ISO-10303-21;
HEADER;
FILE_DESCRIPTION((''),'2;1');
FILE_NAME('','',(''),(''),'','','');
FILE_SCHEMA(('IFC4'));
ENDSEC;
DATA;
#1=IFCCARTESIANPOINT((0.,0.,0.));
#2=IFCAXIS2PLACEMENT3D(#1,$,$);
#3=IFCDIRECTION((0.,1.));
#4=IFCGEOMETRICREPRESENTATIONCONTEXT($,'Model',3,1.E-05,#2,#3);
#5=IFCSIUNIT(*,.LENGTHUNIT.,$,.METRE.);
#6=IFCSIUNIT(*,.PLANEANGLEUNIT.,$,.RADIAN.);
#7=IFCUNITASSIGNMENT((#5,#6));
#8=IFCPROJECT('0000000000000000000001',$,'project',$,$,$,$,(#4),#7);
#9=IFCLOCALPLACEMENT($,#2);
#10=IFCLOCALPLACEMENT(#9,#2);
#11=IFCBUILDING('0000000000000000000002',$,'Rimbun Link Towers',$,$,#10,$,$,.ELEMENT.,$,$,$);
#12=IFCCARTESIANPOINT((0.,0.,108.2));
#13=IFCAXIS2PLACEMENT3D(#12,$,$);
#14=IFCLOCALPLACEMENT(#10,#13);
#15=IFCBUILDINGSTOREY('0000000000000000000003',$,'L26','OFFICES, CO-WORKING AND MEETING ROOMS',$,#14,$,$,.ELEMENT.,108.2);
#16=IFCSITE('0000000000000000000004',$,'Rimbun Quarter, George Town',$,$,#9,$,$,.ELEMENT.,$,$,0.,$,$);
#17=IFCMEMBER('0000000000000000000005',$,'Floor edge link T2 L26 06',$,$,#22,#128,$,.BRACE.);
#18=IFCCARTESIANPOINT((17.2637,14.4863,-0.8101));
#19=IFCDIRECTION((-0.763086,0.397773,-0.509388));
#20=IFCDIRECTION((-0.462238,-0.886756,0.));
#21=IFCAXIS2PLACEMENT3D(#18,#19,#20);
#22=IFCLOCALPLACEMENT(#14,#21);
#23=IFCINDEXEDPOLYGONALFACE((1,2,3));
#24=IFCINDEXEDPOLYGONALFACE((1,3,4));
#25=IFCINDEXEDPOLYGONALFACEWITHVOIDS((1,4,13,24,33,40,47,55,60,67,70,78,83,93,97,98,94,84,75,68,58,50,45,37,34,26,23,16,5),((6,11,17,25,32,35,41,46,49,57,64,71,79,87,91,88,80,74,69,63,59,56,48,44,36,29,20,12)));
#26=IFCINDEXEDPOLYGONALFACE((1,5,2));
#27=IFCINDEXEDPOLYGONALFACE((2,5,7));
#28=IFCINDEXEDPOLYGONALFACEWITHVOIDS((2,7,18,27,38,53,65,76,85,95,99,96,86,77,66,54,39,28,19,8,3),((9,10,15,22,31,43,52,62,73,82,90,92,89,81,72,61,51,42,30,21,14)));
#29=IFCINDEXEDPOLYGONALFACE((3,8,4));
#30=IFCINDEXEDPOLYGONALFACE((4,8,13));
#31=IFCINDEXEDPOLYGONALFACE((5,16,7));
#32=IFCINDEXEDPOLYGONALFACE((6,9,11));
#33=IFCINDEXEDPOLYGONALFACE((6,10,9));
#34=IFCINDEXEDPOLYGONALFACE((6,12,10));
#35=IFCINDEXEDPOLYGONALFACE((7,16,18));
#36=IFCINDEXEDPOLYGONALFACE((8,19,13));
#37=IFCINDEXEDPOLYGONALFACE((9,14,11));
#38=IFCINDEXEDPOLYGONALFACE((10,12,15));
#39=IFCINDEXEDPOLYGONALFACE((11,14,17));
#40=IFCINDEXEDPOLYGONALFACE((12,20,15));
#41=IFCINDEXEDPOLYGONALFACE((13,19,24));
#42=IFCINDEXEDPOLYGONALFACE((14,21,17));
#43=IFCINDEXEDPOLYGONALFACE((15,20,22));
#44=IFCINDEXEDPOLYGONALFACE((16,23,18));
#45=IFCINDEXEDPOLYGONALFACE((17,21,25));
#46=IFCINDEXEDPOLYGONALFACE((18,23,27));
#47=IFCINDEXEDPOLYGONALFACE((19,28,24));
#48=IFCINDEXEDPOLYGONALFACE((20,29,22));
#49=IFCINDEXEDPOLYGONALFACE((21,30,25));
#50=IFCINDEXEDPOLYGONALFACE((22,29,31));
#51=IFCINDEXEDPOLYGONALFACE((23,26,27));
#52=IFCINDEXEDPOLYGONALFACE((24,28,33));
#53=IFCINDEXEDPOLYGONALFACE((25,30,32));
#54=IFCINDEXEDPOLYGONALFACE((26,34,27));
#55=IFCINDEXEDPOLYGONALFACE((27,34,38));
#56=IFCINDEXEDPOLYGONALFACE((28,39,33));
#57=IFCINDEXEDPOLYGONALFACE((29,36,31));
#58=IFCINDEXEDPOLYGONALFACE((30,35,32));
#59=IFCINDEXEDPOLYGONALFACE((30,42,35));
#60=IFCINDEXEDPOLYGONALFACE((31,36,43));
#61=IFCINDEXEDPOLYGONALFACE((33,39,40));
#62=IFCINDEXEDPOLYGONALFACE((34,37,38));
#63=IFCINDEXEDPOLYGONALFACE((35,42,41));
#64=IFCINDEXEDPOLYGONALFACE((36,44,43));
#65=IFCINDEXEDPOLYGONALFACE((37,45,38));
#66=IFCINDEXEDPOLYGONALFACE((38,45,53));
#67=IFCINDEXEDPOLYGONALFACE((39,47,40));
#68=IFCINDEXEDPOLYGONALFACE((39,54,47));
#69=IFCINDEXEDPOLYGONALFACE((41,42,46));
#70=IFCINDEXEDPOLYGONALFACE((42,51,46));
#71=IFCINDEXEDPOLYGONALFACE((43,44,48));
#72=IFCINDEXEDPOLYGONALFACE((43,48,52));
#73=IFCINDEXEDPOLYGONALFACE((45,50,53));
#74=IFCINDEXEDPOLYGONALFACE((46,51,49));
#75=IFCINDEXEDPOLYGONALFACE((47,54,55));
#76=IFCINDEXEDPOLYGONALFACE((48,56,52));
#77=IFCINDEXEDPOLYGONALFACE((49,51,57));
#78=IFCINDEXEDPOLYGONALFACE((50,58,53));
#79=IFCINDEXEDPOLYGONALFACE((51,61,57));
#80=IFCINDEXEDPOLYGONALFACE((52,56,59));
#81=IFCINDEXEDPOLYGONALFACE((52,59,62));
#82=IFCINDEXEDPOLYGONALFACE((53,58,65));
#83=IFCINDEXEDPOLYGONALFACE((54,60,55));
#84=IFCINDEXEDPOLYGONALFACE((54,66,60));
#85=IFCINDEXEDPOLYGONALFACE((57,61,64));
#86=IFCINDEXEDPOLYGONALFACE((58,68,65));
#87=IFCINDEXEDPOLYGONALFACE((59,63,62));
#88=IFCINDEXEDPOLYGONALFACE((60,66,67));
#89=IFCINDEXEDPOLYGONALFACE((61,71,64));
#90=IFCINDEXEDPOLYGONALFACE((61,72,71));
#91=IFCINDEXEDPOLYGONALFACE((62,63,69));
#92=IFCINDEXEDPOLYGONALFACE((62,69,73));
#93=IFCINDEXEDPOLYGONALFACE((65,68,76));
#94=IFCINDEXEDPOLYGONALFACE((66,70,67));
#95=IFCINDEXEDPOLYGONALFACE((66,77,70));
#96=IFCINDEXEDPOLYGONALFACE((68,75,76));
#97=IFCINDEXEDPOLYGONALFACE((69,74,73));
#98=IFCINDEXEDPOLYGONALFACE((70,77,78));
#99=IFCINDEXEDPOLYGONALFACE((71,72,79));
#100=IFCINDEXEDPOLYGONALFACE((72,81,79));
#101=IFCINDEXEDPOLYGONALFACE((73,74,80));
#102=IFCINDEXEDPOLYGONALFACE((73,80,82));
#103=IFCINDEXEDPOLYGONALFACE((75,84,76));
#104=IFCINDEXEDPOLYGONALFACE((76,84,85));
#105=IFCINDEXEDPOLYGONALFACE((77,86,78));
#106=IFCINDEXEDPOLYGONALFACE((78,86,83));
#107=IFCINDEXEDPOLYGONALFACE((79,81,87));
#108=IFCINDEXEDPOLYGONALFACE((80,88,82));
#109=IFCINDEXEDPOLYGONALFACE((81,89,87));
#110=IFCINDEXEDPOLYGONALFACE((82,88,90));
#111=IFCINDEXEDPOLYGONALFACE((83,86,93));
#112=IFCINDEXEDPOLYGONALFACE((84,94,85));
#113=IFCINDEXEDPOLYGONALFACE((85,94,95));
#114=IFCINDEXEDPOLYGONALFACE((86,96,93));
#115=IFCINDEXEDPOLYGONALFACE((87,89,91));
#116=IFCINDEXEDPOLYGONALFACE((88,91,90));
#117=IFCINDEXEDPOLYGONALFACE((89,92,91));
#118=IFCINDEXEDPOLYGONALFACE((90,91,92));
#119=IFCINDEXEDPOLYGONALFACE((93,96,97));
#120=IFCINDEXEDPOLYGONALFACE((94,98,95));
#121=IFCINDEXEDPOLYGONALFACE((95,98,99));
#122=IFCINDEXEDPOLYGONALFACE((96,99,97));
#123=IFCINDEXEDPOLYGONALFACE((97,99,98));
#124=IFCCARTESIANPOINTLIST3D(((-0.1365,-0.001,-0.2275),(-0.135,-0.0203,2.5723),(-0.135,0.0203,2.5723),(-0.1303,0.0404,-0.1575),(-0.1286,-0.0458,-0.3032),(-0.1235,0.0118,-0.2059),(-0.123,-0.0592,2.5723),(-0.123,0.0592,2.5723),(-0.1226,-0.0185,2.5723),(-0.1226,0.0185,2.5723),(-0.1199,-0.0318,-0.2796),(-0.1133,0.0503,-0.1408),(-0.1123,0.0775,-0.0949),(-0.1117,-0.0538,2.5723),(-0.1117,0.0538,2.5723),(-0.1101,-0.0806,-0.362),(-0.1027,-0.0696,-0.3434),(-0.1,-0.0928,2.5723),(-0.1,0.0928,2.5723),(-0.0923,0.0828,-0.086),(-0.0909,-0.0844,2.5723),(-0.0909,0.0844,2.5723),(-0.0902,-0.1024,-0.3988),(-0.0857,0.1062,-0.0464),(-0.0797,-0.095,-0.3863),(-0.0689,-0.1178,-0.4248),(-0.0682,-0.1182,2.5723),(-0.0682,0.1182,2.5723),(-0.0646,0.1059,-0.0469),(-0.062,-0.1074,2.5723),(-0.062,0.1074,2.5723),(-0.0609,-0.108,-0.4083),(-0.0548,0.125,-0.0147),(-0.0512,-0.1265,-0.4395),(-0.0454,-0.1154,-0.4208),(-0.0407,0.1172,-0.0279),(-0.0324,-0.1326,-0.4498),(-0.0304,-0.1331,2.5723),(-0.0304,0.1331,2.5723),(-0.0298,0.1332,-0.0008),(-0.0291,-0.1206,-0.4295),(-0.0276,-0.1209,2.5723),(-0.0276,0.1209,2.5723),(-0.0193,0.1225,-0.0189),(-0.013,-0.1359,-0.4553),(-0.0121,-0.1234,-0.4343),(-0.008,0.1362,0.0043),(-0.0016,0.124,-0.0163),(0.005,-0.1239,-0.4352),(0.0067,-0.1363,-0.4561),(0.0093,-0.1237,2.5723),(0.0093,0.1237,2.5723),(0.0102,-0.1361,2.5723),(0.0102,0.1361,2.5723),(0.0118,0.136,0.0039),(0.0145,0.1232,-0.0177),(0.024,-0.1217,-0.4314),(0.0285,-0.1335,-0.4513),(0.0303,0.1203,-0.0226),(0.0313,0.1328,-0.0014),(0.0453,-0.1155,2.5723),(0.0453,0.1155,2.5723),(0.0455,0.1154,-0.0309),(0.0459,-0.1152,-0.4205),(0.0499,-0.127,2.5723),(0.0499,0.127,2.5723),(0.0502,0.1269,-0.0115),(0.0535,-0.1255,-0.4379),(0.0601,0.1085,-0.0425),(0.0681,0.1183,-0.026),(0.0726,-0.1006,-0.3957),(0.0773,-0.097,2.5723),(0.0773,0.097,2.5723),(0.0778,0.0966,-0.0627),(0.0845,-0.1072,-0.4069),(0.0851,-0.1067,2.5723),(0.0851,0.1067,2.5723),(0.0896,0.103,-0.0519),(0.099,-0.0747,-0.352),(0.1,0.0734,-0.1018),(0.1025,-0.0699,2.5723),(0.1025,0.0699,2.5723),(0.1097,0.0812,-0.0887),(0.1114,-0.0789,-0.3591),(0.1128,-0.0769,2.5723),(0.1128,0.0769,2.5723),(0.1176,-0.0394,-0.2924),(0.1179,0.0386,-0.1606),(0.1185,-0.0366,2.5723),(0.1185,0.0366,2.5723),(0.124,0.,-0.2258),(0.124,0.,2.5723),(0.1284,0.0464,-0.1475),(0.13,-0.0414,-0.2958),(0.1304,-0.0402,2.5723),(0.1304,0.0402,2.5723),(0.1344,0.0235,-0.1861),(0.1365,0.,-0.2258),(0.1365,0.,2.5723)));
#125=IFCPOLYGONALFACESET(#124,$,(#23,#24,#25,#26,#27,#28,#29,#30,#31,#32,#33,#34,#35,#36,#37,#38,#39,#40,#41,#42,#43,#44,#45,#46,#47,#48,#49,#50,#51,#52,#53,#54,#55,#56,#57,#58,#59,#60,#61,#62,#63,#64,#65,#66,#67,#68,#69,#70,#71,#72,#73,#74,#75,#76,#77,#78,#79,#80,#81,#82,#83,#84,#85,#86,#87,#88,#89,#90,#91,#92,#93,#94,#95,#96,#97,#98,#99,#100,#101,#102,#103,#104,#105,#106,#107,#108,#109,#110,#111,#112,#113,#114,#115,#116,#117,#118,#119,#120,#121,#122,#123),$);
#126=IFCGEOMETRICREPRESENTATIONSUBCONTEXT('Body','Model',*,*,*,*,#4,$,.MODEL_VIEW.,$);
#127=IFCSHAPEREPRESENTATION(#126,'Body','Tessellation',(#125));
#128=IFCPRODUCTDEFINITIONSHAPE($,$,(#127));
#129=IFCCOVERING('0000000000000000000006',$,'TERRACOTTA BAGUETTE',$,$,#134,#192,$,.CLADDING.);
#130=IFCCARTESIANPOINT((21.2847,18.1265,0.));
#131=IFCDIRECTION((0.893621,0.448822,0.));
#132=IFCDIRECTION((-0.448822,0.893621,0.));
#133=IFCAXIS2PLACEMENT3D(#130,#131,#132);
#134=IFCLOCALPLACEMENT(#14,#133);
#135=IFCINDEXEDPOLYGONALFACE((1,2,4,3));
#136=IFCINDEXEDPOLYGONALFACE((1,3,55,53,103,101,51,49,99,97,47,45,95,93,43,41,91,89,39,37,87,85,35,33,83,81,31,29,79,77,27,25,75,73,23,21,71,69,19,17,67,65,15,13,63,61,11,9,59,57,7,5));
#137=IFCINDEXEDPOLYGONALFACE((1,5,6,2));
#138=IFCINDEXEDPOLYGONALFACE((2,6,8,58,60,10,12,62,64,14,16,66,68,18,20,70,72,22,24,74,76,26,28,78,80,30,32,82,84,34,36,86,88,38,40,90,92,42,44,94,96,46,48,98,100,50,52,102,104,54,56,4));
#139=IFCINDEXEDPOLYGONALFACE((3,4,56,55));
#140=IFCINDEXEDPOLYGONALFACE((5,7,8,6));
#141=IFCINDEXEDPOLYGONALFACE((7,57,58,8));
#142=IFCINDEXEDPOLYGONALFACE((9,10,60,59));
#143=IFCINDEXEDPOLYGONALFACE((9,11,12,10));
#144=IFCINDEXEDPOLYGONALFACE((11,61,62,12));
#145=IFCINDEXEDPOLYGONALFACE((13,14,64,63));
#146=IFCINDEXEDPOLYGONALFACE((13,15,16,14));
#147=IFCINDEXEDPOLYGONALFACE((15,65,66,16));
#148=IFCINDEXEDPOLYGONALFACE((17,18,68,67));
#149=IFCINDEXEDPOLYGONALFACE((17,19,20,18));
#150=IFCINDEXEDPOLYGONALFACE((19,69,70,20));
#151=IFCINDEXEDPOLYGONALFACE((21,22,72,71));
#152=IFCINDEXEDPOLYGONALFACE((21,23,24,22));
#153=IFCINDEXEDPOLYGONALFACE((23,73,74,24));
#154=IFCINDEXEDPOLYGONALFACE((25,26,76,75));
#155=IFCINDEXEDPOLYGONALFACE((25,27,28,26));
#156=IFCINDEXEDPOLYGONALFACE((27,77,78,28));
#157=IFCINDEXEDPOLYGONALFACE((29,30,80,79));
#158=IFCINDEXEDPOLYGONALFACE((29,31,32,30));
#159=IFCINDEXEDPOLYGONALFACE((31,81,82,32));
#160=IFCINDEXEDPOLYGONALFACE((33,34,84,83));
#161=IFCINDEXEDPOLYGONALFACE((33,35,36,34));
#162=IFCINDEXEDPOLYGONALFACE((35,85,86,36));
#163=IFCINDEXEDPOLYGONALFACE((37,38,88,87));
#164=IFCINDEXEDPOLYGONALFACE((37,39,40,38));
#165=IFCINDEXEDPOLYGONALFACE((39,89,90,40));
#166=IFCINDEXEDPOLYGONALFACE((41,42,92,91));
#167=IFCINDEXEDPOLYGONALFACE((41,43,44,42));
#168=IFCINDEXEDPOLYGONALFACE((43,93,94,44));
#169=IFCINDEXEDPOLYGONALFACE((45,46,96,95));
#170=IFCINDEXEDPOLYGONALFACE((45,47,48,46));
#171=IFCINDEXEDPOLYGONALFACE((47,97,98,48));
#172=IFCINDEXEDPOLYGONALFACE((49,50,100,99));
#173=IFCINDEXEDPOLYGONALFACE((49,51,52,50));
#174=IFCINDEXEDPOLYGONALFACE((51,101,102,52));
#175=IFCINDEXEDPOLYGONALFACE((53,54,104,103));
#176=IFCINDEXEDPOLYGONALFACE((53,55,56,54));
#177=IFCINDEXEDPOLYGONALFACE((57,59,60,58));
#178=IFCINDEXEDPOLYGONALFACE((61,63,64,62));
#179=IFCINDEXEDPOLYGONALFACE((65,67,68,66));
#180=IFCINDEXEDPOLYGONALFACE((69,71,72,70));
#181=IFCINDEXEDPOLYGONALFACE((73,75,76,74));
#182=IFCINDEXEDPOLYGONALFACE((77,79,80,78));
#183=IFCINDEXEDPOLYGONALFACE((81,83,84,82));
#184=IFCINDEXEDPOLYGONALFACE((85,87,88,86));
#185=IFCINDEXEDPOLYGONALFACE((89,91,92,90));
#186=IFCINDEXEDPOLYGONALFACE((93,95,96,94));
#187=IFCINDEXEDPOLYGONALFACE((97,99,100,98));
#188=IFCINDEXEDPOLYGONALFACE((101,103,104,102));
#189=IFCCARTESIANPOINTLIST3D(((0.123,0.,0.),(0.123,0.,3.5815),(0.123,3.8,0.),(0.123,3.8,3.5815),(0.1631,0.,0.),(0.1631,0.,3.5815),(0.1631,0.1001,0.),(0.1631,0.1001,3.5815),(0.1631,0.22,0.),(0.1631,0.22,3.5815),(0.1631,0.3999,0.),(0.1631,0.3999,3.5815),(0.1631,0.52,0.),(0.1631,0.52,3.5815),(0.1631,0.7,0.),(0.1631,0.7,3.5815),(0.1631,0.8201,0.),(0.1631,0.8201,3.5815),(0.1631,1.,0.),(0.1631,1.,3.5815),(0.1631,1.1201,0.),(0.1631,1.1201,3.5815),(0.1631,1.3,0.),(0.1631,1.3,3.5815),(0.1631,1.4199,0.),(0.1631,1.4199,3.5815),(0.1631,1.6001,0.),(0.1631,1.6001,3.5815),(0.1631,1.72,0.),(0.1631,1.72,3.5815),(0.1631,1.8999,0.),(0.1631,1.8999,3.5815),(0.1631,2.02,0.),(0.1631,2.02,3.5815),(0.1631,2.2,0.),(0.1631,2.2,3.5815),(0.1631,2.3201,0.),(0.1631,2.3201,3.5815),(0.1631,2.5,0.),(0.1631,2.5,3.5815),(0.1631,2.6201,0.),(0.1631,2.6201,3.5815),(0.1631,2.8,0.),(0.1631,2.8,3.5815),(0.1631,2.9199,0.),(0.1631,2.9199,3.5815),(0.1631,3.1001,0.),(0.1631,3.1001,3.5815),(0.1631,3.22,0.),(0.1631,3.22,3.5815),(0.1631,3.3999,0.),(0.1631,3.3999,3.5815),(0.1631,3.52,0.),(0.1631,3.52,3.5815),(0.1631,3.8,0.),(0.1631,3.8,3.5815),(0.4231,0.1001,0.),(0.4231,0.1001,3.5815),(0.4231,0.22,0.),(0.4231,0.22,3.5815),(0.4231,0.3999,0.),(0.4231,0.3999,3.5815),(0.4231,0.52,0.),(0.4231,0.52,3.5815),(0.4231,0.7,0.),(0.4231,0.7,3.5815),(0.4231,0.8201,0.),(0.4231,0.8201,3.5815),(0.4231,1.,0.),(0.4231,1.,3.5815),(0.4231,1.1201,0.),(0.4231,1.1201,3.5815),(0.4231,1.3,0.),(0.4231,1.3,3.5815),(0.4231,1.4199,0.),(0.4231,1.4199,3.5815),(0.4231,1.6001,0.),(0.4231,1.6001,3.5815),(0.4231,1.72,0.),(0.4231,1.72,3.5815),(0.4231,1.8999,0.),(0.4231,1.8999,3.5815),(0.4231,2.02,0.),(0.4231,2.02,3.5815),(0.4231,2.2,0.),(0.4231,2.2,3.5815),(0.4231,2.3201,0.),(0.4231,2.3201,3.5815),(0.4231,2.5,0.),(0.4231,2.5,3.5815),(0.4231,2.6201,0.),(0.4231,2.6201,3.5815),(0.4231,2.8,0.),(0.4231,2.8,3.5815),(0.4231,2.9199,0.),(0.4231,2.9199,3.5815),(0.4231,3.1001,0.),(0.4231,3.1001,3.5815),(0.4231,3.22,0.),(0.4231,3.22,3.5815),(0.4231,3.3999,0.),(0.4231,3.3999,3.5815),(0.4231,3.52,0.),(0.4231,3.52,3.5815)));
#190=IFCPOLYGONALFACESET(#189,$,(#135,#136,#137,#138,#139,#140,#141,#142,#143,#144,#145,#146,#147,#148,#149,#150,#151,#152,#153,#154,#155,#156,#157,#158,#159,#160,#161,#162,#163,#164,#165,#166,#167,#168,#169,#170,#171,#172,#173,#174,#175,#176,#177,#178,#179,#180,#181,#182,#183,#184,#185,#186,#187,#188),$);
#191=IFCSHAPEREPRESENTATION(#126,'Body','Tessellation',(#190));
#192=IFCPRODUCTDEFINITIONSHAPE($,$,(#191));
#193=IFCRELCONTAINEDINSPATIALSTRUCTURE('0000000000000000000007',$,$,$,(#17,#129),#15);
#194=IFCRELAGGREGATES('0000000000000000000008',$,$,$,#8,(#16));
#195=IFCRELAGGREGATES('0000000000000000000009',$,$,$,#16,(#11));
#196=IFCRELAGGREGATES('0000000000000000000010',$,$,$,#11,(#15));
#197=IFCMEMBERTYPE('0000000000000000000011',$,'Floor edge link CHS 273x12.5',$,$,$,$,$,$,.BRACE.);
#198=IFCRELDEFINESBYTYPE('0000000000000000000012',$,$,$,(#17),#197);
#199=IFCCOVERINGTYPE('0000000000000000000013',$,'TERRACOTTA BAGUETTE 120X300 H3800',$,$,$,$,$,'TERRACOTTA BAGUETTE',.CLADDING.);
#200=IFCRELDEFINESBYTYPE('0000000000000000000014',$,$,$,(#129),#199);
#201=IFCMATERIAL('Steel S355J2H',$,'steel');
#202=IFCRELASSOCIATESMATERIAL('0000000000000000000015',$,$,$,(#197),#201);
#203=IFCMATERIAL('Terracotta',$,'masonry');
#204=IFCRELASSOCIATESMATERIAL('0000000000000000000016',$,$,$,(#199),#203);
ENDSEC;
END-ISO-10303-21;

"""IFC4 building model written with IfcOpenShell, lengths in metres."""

from ifc_helpers import new_model, si_unit, direction, frame, origin, origin_2d, place, context, subcontext, project, spatial, polyline, hollow_circle, outline, extrude, clip, halfspace, material, material_profile, profile_set, type_object, element, save


model = new_model("IFC4")

# Units and contexts
model_context = context("Model", 3, precision=1e-05, world=origin(), true_north=direction((0.0, 1.0)))
body_context = subcontext(model_context, "Body", "Model", "MODEL_VIEW")
ifc_project = project(units=[si_unit("LENGTHUNIT", "METRE"), si_unit("PLANEANGLEUNIT", "RADIAN")], contexts=[model_context])

# Site, building, storey
site_placement = place(None, origin())
site = spatial("IfcSite", under=ifc_project, at=site_placement, Name="Rimbun Quarter, George Town", CompositionType="ELEMENT", RefElevation=0.0)
building_placement = place(site_placement, origin())
building = spatial("IfcBuilding", under=site, at=building_placement, Name="Rimbun Link Towers", CompositionType="ELEMENT")
storey_placement = place(building_placement, frame((0.0, 0.0, 108.2)))
storey = spatial("IfcBuildingStorey", under=building, at=storey_placement, Name="L26", Description="OFFICES, CO-WORKING AND MEETING ROOMS", CompositionType="ELEMENT", Elevation=108.2)

# Member
ifc_material_1 = material(Name="Steel S355J2H", Category="steel")
ifc_material_profile_1 = material_profile(ifc_material_1, hollow_circle(Radius=0.1365, WallThickness=0.0125, at=origin_2d()), Name="CHS 273x12.5")
ifc_profile_set_1 = profile_set([ifc_material_profile_1], Name="Steel S355J2H")
member_type_1 = type_object("IfcMemberType", Name="Floor edge link CHS 273x12.5", PredefinedType="BRACE", material=ifc_profile_set_1)
member_1_placement = place(storey_placement, frame((17.2637, 14.4863, -0.8101), z_axis=(-0.763086, 0.397773, -0.509388), x_axis=(-0.462238, -0.886756, 0.0)))
element("IfcMember", 1, at=member_1_placement, inside=storey, type_object=member_type_1, Name="Floor edge link T2 L26 06", PredefinedType="BRACE", context=body_context, shape_type="Clipping", body=[
    clip(extrude(hollow_circle(Radius=0.1365, WallThickness=0.0125, at=origin_2d()), frame((0.0, 0.0, -0.481)), (0.0, 0.0, 1.0), 3.0532), halfspace(frame((0.0, 0.0, -0.2258), z_axis=(0.0, 0.860537, -0.509388)), False)),
])

# Covering
ifc_material_2 = material(Name="Terracotta", Category="masonry")
ifc_material_profile_2 = material_profile(ifc_material_2, outline(polyline([(0.123, 0.0), (0.1631, 0.0), (0.1631, 0.1001), (0.4231, 0.1001), (0.4231, 0.22), (0.1631, 0.22), (0.1631, 0.3999), (0.4231, 0.3999), (0.4231, 0.52), (0.1631, 0.52), (0.1631, 0.7), (0.4231, 0.7), (0.4231, 0.8201), (0.1631, 0.8201), (0.1631, 1.0), (0.4231, 1.0), (0.4231, 1.1201), (0.1631, 1.1201), (0.1631, 1.3), (0.4231, 1.3), (0.4231, 1.4199), (0.1631, 1.4199), (0.1631, 1.6001), (0.4231, 1.6001), (0.4231, 1.72), (0.1631, 1.72), (0.1631, 1.8999), (0.4231, 1.8999), (0.4231, 2.02), (0.1631, 2.02), (0.1631, 2.2), (0.4231, 2.2), (0.4231, 2.3201), (0.1631, 2.3201), (0.1631, 2.5), (0.4231, 2.5), (0.4231, 2.6201), (0.1631, 2.6201), (0.1631, 2.8), (0.4231, 2.8), (0.4231, 2.9199), (0.1631, 2.9199), (0.1631, 3.1001), (0.4231, 3.1001), (0.4231, 3.22), (0.1631, 3.22), (0.1631, 3.3999), (0.4231, 3.3999), (0.4231, 3.52), (0.1631, 3.52), (0.1631, 3.8), (0.123, 3.8), (0.123, 0.0)])), Name="BAGUETTE 120X300")
ifc_profile_set_2 = profile_set([ifc_material_profile_2], Name="Terracotta")
covering_type = type_object("IfcCoveringType", Name="TERRACOTTA BAGUETTE 120X300 H3800", ElementType="TERRACOTTA BAGUETTE", PredefinedType="CLADDING", material=ifc_profile_set_2)
covering_1_placement = place(storey_placement, frame((21.2847, 18.1265, 0.0), z_axis=(0.893621, 0.448822, 0.0), x_axis=(-0.448822, 0.893621, 0.0)))
element("IfcCovering", 2, at=covering_1_placement, inside=storey, type_object=covering_type, Name="TERRACOTTA BAGUETTE", PredefinedType="CLADDING", context=body_context, shape_type="SweptSolid", body=[
    extrude(outline(polyline([(0.123, 0.0), (0.1631, 0.0), (0.1631, 0.1001), (0.4231, 0.1001), (0.4231, 0.22), (0.1631, 0.22), (0.1631, 0.3999), (0.4231, 0.3999), (0.4231, 0.52), (0.1631, 0.52), (0.1631, 0.7), (0.4231, 0.7), (0.4231, 0.8201), (0.1631, 0.8201), (0.1631, 1.0), (0.4231, 1.0), (0.4231, 1.1201), (0.1631, 1.1201), (0.1631, 1.3), (0.4231, 1.3), (0.4231, 1.4199), (0.1631, 1.4199), (0.1631, 1.6001), (0.4231, 1.6001), (0.4231, 1.72), (0.1631, 1.72), (0.1631, 1.8999), (0.4231, 1.8999), (0.4231, 2.02), (0.1631, 2.02), (0.1631, 2.2), (0.4231, 2.2), (0.4231, 2.3201), (0.1631, 2.3201), (0.1631, 2.5), (0.4231, 2.5), (0.4231, 2.6201), (0.1631, 2.6201), (0.1631, 2.8), (0.4231, 2.8), (0.4231, 2.9199), (0.1631, 2.9199), (0.1631, 3.1001), (0.4231, 3.1001), (0.4231, 3.22), (0.1631, 3.22), (0.1631, 3.3999), (0.4231, 3.3999), (0.4231, 3.52), (0.1631, 3.52), (0.1631, 3.8), (0.123, 3.8), (0.123, 0.0)])), origin(), (0.0, 0.0, 1.0), 3.5815),
])

save(model, "model.ifc")
